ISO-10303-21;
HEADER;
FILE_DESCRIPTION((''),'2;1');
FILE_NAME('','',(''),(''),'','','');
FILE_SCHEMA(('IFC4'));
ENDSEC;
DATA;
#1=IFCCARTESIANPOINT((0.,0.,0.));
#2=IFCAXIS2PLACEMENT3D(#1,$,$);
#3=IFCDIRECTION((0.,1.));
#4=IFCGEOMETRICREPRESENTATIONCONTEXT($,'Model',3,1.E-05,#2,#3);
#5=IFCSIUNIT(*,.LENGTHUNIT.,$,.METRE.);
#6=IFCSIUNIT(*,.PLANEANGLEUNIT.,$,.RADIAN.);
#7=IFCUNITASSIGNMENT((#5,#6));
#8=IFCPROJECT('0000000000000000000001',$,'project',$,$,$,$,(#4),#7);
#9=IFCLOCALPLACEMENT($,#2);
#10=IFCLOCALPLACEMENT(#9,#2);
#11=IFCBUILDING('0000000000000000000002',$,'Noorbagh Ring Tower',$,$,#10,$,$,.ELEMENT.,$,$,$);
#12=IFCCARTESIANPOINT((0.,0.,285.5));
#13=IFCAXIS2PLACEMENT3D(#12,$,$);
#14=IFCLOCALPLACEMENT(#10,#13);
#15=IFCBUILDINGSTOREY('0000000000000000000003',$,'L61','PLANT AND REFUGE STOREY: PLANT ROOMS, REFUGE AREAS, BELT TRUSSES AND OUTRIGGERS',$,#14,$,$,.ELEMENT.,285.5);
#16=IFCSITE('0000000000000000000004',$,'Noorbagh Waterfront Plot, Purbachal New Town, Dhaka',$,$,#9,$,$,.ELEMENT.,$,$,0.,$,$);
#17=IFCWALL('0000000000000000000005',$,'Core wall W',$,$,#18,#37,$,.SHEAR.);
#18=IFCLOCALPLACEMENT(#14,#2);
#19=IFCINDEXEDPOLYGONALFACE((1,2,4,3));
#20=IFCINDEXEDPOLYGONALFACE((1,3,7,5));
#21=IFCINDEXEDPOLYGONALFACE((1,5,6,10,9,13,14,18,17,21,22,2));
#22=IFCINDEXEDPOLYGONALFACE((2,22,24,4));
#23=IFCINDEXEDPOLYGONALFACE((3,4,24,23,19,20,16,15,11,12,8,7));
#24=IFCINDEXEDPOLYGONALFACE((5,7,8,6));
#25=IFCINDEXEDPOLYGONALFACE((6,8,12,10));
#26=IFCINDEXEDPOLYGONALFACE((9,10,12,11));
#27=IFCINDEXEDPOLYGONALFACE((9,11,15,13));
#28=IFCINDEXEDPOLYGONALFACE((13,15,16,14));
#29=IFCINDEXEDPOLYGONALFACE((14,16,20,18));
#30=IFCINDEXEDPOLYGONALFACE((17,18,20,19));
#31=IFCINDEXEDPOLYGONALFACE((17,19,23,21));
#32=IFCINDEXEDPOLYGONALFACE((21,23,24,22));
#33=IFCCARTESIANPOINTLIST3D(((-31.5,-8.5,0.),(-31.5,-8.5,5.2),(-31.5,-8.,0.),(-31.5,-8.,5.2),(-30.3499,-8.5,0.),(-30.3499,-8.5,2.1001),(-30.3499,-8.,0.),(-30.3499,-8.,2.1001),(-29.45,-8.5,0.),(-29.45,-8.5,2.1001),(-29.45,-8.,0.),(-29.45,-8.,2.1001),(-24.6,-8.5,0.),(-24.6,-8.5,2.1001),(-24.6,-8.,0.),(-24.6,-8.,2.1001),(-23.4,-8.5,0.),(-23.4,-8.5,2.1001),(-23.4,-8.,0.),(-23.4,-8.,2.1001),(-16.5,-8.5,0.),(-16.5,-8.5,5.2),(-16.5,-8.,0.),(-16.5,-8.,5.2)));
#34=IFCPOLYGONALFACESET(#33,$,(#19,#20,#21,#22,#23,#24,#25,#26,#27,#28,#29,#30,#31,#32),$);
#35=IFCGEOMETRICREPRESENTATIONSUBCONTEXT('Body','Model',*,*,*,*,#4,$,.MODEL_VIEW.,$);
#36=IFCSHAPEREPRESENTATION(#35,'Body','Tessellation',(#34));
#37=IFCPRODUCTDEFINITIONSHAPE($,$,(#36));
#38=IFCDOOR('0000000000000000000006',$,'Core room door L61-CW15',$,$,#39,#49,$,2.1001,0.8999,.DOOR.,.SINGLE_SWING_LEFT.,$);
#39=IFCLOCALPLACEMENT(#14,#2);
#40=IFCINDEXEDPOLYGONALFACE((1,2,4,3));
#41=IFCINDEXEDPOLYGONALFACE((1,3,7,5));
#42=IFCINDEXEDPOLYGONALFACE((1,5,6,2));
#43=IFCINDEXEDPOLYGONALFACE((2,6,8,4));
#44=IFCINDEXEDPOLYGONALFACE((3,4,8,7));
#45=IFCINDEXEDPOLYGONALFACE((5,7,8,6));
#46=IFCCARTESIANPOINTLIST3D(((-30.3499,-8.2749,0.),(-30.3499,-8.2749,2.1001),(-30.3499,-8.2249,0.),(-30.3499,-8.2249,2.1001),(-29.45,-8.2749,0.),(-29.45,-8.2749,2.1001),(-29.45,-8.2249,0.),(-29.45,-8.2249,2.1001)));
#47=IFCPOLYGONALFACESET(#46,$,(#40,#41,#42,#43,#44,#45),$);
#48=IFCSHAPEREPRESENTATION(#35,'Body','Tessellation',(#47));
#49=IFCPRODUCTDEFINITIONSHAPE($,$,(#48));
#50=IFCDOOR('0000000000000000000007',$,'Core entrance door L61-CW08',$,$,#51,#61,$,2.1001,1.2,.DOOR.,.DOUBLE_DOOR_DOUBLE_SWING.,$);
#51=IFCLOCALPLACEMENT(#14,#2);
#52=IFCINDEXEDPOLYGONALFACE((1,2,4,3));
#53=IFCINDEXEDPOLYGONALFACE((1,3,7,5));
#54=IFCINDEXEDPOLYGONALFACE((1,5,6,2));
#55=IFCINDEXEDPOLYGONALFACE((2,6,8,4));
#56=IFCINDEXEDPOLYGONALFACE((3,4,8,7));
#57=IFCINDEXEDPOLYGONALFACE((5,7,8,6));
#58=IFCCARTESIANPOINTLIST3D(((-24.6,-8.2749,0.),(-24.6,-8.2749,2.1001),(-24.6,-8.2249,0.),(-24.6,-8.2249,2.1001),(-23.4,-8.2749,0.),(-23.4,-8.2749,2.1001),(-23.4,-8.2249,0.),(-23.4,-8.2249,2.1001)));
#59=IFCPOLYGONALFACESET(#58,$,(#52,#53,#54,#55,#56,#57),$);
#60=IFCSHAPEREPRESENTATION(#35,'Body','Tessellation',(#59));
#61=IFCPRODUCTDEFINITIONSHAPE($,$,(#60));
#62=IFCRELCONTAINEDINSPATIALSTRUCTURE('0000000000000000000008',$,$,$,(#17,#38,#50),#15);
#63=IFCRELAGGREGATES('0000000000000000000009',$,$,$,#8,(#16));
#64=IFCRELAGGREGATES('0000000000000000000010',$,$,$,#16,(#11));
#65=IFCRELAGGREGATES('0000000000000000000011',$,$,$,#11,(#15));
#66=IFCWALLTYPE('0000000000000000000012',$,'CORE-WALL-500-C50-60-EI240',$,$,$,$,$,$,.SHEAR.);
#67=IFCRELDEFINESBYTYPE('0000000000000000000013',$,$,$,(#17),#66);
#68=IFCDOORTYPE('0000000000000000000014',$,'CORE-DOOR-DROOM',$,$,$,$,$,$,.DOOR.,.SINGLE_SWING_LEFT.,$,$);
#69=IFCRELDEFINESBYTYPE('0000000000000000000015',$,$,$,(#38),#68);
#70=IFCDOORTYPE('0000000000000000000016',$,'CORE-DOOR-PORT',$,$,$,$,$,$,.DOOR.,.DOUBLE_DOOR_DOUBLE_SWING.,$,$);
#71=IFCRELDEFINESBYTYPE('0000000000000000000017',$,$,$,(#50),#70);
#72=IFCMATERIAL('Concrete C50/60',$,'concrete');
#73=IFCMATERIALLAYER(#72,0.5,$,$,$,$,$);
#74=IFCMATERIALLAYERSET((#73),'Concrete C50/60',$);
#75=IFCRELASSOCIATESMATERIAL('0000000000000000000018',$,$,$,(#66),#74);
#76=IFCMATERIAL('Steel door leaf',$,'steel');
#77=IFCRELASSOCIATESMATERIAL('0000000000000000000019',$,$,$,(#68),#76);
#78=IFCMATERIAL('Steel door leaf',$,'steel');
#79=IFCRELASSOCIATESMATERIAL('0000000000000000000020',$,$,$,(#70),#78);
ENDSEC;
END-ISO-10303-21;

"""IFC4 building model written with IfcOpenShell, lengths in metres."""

from ifc_helpers import new_model, si_unit, direction, frame, frame_2d, origin, place, context, subcontext, project, spatial, rectangle, extrude, material, layer, layer_set, type_object, element, fill, save


model = new_model("IFC4")

# Units and contexts
model_context = context("Model", 3, precision=1e-05, world=origin(), true_north=direction((0.0, 1.0)))
body_context = subcontext(model_context, "Body", "Model", "MODEL_VIEW")
ifc_project = project(units=[si_unit("LENGTHUNIT", "METRE"), si_unit("PLANEANGLEUNIT", "RADIAN")], contexts=[model_context])

# Site, building, storey
site_placement = place(None, origin())
site = spatial("IfcSite", under=ifc_project, at=site_placement, Name="Noorbagh Waterfront Plot, Purbachal New Town, Dhaka", CompositionType="ELEMENT", RefElevation=0.0)
building_placement = place(site_placement, origin())
building = spatial("IfcBuilding", under=site, at=building_placement, Name="Noorbagh Ring Tower", CompositionType="ELEMENT")
storey_placement = place(building_placement, frame((0.0, 0.0, 285.5)))
storey = spatial("IfcBuildingStorey", under=building, at=storey_placement, Name="L61", Description="PLANT AND REFUGE STOREY: PLANT ROOMS, REFUGE AREAS, BELT TRUSSES AND OUTRIGGERS", CompositionType="ELEMENT", Elevation=285.5)

# Wall, openings, doors
ifc_material_1 = material(Name="Concrete C50/60", Category="concrete")
ifc_layer_1 = layer(ifc_material_1, 0.5)
ifc_layer_set_1 = layer_set([ifc_layer_1], Name="Concrete C50/60")
wall_type_1 = type_object("IfcWallType", Name="CORE-WALL-500-C50-60-EI240", PredefinedType="SHEAR", material=ifc_layer_set_1)
wall_1_placement = place(storey_placement, frame((-16.5, -8.25, 0.0), z_axis=(0.0, 0.0, 1.0), x_axis=(-1.0, 0.0, 0.0)))
wall_1 = element("IfcWall", 1, at=wall_1_placement, inside=storey, type_object=wall_type_1, Name="Core wall W", PredefinedType="SHEAR", context=body_context, shape_type="SweptSolid", body=[
    extrude(rectangle(XDim=15.0, YDim=0.5, at=frame_2d((7.5, 0.0))), origin(), (0.0, 0.0, 1.0), 5.2),
])
opening_1_placement = place(wall_1_placement, frame((6.8999, 0.0, 0.0)))
opening_1 = element("IfcOpeningElement", 2, at=opening_1_placement, cuts=wall_1, PredefinedType="OPENING", context=body_context, shape_type="SweptSolid", body=[
    extrude(rectangle(XDim=1.2, YDim=2.1001, at=frame_2d((0.6001, 1.05))), frame((0.0, 0.26, 0.0), z_axis=(0.0, -1.0, 0.0), x_axis=(1.0, 0.0, 0.0)), (0.0, 0.0, 1.0), 0.52),
])
opening_2_placement = place(wall_1_placement, frame((12.95, 0.0, 0.0)))
opening_2 = element("IfcOpeningElement", 3, at=opening_2_placement, cuts=wall_1, PredefinedType="OPENING", context=body_context, shape_type="SweptSolid", body=[
    extrude(rectangle(XDim=0.8999, YDim=2.1001, at=frame_2d((0.45, 1.05))), frame((0.0, 0.26, 0.0), z_axis=(0.0, -1.0, 0.0), x_axis=(1.0, 0.0, 0.0)), (0.0, 0.0, 1.0), 0.52),
])
ifc_material_2 = material(Name="Steel door leaf", Category="steel")
door_type_1 = type_object("IfcDoorType", Name="CORE-DOOR-DROOM", OperationType="SINGLE_SWING_LEFT", PredefinedType="DOOR", material=ifc_material_2)
door_1_placement = place(opening_2_placement, origin())
door_1 = element("IfcDoor", 4, at=door_1_placement, inside=storey, type_object=door_type_1, Name="Core room door L61-CW15", OperationType="SINGLE_SWING_LEFT", OverallHeight=2.1001, OverallWidth=0.8999, PredefinedType="DOOR", context=body_context, shape_type="SweptSolid", body=[
    extrude(rectangle(XDim=0.8999, YDim=2.1001, at=frame_2d((0.45, 1.05))), frame((0.0, 0.0249, 0.0), z_axis=(0.0, -1.0, 0.0), x_axis=(1.0, 0.0, 0.0)), (0.0, 0.0, 1.0), 0.05),
])
fill(opening_2, door_1)
ifc_material_3 = material(Name="Steel door leaf", Category="steel")
door_type_2 = type_object("IfcDoorType", Name="CORE-DOOR-PORT", OperationType="DOUBLE_DOOR_DOUBLE_SWING", PredefinedType="DOOR", material=ifc_material_3)
door_2_placement = place(opening_1_placement, origin())
door_2 = element("IfcDoor", 5, at=door_2_placement, inside=storey, type_object=door_type_2, Name="Core entrance door L61-CW08", OperationType="DOUBLE_DOOR_DOUBLE_SWING", OverallHeight=2.1001, OverallWidth=1.2, PredefinedType="DOOR", context=body_context, shape_type="SweptSolid", body=[
    extrude(rectangle(XDim=1.2, YDim=2.1001, at=frame_2d((0.6001, 1.05))), frame((0.0, 0.0249, 0.0), z_axis=(0.0, -1.0, 0.0), x_axis=(1.0, 0.0, 0.0)), (0.0, 0.0, 1.0), 0.05),
])
fill(opening_1, door_2)

save(model, "model.ifc")
